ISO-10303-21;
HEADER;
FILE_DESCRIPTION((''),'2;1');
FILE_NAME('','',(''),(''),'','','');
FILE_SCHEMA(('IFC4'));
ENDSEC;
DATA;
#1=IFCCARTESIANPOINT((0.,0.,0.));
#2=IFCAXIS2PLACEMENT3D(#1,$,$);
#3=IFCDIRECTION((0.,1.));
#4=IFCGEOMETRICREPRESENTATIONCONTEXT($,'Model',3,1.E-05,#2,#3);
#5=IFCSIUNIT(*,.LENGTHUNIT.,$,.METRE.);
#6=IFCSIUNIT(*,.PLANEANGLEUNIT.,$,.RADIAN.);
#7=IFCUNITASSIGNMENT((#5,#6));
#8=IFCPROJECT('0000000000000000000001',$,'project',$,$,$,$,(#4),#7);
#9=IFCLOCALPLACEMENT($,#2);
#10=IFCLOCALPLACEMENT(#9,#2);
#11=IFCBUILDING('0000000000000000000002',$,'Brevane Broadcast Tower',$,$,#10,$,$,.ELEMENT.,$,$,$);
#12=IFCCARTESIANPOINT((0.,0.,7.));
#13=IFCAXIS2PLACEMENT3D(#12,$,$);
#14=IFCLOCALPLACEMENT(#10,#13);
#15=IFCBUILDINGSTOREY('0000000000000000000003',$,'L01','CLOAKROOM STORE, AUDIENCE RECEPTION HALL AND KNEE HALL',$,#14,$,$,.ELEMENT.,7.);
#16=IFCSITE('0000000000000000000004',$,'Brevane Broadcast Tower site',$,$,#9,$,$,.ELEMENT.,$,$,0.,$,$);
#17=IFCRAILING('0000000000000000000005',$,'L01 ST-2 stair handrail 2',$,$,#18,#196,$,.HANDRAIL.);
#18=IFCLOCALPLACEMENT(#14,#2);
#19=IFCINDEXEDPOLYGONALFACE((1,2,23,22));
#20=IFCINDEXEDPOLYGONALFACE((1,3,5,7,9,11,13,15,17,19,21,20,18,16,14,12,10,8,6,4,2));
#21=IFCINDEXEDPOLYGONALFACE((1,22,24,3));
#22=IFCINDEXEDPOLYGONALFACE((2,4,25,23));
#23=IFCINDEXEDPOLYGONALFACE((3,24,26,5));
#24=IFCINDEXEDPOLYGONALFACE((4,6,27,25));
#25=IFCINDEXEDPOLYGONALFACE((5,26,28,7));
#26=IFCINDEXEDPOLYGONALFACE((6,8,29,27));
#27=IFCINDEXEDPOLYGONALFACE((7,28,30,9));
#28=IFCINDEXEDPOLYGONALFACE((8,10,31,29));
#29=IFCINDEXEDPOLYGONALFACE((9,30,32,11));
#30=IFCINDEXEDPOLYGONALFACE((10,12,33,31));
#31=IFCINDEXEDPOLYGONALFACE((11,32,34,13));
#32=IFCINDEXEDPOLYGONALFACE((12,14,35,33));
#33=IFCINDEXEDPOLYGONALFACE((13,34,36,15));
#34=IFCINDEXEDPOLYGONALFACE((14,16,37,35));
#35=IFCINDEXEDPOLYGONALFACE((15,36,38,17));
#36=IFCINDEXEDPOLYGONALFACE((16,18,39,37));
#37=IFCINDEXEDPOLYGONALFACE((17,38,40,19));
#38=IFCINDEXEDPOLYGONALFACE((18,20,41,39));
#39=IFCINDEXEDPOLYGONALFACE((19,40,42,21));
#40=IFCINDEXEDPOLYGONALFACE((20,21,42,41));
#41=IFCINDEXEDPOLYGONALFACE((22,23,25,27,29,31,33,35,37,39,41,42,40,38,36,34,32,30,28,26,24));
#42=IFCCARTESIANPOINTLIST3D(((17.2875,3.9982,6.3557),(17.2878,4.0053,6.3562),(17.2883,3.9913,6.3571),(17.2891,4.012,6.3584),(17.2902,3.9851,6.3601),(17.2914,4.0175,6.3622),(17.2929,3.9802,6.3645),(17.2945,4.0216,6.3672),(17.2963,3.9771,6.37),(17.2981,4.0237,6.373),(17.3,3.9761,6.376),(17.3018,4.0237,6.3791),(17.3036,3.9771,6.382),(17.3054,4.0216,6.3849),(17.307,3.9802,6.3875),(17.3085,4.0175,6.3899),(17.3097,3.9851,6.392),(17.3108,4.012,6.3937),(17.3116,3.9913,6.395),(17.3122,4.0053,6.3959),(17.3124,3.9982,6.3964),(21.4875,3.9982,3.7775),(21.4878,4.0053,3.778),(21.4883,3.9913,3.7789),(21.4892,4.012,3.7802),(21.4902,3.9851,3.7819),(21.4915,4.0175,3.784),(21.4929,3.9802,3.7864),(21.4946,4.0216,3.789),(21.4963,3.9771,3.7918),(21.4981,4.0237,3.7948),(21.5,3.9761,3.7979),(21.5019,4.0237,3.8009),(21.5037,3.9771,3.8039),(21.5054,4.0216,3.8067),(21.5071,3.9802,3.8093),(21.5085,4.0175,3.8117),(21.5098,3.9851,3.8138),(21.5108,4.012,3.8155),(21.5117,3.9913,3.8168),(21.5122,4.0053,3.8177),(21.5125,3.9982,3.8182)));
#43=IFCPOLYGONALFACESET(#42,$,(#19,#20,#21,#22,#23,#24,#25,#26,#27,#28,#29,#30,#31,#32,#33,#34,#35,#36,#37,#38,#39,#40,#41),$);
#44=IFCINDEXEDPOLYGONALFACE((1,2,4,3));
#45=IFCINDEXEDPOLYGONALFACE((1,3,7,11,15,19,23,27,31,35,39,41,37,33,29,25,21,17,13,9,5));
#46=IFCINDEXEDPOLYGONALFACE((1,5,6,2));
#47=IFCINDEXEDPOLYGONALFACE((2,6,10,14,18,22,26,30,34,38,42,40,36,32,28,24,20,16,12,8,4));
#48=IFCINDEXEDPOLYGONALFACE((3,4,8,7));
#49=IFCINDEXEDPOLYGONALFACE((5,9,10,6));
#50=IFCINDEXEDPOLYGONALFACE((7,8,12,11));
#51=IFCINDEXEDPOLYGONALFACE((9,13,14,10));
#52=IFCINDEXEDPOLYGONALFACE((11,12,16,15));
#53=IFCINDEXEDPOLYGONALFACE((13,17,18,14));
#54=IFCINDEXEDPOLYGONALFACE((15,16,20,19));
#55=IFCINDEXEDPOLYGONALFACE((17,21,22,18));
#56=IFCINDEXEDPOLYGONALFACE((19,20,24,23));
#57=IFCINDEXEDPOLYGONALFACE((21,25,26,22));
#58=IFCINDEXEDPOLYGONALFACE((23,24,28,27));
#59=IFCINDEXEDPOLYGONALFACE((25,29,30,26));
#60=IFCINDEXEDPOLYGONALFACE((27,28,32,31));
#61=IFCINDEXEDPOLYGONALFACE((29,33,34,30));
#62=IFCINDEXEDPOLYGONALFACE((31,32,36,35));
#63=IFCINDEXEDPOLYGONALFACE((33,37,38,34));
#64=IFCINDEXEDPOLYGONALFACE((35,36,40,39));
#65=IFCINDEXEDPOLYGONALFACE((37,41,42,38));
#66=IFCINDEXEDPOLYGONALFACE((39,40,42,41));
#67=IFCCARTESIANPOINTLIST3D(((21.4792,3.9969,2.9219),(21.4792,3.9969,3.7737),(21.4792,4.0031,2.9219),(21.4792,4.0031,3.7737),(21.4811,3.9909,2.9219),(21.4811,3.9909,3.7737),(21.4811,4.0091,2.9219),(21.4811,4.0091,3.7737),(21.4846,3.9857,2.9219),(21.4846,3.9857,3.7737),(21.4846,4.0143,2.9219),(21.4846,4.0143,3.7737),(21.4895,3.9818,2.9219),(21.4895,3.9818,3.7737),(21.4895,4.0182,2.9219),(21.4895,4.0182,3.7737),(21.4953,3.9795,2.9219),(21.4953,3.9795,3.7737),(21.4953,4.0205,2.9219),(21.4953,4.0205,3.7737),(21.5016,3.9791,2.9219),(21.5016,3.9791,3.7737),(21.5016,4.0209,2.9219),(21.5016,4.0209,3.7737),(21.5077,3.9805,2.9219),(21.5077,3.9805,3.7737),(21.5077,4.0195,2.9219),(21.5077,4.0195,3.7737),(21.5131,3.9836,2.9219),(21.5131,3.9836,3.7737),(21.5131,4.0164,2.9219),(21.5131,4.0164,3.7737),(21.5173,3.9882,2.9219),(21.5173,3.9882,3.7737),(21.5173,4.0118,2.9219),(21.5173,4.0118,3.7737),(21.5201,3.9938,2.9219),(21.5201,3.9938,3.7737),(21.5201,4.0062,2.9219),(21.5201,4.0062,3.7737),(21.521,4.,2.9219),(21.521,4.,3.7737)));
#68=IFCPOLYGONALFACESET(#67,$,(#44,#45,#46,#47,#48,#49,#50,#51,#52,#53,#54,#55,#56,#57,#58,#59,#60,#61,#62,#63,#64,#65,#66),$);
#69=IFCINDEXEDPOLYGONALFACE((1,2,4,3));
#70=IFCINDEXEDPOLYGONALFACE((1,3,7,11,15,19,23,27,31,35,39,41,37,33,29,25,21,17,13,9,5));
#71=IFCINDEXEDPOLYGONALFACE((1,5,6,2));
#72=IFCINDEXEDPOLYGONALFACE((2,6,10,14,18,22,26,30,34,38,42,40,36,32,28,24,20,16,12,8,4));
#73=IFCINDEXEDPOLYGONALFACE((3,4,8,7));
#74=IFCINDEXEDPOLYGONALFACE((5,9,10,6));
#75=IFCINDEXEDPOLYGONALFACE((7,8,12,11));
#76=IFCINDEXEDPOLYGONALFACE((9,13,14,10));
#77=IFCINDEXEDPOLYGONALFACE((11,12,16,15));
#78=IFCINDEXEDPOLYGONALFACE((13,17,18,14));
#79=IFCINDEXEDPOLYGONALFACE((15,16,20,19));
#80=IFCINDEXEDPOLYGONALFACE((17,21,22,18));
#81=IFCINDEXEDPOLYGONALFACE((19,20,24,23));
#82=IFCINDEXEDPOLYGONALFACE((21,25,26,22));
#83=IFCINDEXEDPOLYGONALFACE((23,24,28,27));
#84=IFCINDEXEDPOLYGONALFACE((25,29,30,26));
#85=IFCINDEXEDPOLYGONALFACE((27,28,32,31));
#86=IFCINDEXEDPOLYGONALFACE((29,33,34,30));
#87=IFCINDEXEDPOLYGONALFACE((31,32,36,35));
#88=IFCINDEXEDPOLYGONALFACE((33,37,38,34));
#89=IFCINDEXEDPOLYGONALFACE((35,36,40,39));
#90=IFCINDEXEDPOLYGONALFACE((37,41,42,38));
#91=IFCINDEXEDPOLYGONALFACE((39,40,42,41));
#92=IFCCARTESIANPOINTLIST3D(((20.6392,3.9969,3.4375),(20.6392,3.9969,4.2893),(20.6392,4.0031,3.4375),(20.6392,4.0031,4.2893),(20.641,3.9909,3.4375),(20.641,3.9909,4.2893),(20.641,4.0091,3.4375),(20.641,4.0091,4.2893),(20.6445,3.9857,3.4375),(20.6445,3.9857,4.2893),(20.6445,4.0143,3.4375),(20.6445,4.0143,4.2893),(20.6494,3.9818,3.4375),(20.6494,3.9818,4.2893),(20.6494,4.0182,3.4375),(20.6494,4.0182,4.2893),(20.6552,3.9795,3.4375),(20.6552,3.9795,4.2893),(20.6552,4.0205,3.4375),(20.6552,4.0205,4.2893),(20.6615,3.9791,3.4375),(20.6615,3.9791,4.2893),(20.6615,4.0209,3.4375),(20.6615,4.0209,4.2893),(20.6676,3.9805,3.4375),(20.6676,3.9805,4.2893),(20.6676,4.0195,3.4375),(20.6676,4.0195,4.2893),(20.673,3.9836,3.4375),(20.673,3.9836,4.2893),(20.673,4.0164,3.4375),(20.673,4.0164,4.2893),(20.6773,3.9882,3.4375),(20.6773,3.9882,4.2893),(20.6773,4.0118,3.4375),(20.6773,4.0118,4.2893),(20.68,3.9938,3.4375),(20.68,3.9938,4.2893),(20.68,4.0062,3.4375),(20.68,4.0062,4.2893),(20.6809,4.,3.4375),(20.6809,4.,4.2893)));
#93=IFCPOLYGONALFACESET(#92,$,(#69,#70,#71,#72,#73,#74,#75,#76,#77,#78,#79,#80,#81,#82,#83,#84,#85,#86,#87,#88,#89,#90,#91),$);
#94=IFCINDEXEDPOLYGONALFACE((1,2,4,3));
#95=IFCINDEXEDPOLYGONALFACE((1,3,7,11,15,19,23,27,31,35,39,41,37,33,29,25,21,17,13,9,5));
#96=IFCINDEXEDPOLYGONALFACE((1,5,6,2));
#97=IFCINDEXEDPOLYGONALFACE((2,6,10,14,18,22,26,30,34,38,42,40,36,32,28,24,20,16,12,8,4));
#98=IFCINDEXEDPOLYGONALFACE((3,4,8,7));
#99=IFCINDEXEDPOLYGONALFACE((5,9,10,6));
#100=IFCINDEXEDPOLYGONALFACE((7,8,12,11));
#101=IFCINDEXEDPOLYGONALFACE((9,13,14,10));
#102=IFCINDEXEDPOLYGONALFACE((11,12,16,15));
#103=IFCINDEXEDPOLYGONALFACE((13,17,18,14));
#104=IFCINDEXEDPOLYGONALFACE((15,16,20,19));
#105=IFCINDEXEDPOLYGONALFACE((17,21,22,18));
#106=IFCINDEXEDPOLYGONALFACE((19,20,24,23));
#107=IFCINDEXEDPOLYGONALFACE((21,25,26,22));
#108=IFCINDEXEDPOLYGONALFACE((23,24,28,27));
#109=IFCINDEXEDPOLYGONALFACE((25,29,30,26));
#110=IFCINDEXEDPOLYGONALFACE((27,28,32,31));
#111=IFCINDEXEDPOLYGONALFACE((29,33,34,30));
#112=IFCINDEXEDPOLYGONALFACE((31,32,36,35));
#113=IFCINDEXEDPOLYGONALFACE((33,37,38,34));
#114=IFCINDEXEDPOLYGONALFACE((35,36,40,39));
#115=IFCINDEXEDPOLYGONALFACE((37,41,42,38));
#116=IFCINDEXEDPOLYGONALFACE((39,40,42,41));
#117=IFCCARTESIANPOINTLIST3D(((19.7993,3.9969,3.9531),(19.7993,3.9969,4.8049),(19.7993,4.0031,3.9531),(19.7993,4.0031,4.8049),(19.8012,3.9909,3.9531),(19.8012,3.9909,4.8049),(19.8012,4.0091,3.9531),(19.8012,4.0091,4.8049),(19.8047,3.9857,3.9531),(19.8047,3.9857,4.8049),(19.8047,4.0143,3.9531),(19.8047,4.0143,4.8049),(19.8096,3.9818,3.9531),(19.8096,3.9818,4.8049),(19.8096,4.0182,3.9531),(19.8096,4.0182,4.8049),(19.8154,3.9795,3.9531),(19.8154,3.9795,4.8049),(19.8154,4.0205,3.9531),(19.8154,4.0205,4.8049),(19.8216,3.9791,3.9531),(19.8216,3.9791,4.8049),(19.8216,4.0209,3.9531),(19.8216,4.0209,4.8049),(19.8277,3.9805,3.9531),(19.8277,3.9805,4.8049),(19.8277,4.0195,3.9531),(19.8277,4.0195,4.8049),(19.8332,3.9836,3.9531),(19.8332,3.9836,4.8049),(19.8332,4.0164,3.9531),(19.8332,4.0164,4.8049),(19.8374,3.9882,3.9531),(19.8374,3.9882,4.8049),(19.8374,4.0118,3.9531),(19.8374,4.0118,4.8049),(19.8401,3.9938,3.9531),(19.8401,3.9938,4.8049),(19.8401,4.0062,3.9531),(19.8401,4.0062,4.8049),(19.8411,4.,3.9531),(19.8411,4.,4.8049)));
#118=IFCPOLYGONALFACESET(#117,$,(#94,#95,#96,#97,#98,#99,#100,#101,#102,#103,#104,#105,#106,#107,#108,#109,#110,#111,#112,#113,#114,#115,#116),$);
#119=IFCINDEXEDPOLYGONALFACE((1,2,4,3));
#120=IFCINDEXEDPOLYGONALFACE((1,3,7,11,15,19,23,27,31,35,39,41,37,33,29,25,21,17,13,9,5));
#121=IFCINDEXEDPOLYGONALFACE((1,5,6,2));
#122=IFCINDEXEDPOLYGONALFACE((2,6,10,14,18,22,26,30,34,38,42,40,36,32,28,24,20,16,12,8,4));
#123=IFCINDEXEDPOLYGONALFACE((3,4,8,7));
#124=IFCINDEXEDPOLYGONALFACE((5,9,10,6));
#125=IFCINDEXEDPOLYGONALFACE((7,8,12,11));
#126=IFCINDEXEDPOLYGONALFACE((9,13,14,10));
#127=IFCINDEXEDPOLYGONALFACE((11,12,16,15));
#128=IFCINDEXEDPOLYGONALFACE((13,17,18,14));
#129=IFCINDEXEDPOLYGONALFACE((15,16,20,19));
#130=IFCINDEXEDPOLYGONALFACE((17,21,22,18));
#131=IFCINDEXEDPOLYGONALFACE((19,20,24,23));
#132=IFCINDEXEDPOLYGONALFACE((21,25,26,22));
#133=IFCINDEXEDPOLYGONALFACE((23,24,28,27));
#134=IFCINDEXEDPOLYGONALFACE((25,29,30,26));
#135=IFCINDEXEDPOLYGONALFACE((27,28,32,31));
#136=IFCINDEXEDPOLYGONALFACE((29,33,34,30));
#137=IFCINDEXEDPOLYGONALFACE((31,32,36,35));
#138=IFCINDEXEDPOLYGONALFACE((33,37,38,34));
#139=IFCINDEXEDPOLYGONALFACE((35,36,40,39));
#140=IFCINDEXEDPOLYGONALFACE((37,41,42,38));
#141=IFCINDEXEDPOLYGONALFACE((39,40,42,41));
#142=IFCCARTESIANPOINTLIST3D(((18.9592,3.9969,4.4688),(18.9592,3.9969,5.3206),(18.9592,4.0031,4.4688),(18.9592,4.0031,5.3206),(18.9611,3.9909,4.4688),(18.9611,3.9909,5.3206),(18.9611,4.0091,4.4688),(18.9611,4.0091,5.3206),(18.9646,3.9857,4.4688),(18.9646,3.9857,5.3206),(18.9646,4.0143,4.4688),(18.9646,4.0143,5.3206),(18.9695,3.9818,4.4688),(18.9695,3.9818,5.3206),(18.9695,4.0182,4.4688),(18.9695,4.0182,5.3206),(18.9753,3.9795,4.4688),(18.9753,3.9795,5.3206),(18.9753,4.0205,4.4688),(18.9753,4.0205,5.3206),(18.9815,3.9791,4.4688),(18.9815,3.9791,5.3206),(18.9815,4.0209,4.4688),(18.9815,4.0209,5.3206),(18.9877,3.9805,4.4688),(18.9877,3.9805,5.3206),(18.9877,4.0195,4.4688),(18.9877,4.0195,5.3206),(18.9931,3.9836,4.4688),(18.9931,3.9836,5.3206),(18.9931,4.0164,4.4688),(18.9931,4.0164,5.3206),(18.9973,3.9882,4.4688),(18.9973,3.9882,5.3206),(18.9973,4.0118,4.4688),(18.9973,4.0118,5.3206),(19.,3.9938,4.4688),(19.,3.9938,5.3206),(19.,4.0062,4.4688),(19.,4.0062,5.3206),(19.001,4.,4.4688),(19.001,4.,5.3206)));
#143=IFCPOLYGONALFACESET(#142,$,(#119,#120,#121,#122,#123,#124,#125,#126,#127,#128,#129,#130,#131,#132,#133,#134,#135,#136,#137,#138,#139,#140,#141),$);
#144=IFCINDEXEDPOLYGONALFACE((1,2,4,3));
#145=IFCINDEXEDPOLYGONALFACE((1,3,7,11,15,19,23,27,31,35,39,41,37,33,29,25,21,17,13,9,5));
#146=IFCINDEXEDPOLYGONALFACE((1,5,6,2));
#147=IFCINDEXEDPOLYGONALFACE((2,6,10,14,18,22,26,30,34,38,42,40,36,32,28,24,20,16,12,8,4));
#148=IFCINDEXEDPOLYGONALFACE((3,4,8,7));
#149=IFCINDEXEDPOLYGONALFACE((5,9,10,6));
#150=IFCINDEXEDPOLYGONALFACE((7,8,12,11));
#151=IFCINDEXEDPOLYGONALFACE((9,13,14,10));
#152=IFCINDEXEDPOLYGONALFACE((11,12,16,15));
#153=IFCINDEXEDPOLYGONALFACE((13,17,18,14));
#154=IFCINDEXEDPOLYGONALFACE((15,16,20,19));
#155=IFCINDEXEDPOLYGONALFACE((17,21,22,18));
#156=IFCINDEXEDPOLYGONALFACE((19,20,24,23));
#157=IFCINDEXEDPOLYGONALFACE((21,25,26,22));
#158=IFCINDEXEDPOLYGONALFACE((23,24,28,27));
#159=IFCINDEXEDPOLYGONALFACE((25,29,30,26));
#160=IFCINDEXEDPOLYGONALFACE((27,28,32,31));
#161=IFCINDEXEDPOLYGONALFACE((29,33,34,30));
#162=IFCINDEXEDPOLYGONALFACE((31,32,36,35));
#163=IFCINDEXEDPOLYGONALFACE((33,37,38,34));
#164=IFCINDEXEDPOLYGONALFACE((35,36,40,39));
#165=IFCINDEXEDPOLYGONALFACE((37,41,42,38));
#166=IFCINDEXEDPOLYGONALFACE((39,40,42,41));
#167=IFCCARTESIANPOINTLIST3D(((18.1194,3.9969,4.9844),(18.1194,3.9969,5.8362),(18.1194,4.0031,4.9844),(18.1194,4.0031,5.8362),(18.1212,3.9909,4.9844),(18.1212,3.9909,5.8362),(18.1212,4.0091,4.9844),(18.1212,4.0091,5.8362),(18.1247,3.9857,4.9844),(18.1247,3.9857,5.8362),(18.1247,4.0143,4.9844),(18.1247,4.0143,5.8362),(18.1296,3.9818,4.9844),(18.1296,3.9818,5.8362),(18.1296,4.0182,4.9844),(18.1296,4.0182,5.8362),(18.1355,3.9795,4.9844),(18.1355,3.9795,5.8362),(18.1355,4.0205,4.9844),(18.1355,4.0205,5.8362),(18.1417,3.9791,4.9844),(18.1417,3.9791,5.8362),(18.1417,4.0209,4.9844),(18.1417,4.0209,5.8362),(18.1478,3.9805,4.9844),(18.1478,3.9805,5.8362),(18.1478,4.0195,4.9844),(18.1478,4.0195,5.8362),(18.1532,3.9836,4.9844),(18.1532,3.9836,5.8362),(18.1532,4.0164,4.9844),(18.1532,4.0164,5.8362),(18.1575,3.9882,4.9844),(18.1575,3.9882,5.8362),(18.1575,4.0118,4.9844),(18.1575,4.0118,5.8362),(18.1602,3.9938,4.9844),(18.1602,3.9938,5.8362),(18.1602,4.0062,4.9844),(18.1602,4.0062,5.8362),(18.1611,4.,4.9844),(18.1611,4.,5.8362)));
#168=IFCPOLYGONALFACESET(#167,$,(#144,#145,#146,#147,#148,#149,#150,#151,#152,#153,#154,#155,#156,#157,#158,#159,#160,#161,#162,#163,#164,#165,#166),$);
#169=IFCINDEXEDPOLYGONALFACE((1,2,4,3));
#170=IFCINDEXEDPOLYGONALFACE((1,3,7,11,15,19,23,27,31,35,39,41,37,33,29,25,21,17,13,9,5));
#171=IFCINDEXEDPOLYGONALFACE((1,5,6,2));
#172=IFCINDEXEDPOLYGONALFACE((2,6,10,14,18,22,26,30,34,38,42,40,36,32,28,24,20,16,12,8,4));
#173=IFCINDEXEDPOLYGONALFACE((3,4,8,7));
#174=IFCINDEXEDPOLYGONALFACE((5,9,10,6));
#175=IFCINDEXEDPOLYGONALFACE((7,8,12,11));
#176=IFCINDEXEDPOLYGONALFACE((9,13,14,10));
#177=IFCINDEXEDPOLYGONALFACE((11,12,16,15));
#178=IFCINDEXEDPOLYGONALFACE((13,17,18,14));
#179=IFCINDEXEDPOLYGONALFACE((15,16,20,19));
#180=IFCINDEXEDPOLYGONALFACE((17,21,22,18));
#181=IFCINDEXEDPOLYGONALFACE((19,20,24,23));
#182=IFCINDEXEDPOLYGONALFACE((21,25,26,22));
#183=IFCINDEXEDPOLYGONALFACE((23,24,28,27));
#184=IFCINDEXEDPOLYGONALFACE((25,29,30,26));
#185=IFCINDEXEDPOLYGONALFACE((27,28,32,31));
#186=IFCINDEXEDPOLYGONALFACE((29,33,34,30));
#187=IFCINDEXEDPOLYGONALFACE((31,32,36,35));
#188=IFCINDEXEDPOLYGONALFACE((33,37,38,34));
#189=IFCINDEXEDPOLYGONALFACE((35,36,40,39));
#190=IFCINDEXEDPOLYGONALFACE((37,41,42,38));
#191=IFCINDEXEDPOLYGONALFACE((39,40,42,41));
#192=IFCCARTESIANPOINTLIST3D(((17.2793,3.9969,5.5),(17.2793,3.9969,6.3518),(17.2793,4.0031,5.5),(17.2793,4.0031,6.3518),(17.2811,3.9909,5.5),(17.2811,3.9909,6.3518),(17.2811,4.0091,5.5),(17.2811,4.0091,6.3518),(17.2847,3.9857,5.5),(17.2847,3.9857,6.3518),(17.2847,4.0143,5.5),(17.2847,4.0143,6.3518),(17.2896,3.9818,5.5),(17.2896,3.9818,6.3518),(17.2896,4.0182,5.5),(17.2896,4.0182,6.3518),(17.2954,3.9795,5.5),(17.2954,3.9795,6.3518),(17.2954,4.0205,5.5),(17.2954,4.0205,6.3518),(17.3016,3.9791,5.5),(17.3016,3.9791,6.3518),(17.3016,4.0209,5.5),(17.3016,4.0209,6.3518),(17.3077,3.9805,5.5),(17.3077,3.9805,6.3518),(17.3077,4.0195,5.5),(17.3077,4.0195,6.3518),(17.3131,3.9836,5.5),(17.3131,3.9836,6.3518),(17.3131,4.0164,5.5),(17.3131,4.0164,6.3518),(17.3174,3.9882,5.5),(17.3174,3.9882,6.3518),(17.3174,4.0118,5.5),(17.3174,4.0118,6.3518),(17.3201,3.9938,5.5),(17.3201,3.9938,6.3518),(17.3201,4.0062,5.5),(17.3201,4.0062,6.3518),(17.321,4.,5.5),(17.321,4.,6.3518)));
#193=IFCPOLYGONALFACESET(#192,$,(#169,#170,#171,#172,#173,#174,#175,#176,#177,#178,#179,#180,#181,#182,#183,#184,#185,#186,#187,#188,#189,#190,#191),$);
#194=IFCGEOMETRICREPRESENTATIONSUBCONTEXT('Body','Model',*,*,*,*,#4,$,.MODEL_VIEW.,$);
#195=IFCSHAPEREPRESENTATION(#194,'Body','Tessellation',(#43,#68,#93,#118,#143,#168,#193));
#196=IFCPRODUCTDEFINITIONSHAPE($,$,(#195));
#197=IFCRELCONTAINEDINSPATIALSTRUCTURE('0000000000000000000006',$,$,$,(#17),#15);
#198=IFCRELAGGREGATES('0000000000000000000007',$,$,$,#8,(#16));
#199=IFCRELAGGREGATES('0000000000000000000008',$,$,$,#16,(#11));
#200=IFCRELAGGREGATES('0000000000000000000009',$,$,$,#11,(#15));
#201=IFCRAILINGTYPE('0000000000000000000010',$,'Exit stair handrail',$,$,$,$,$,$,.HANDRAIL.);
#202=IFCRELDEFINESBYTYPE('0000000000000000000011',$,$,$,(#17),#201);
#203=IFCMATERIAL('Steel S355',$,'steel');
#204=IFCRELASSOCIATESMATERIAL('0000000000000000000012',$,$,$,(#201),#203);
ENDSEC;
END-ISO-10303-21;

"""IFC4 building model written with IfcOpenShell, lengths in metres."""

from ifc_helpers import new_model, si_unit, direction, frame, origin, origin_2d, place, context, subcontext, project, spatial, circle, extrude, material, type_object, element, save


model = new_model("IFC4")

# Units and contexts
model_context = context("Model", 3, precision=1e-05, world=origin(), true_north=direction((0.0, 1.0)))
body_context = subcontext(model_context, "Body", "Model", "MODEL_VIEW")
ifc_project = project(units=[si_unit("LENGTHUNIT", "METRE"), si_unit("PLANEANGLEUNIT", "RADIAN")], contexts=[model_context])

# Site, building, storey
site_placement = place(None, origin())
site = spatial("IfcSite", under=ifc_project, at=site_placement, Name="Brevane Broadcast Tower site", CompositionType="ELEMENT", RefElevation=0.0)
building_placement = place(site_placement, origin())
building = spatial("IfcBuilding", under=site, at=building_placement, Name="Brevane Broadcast Tower", CompositionType="ELEMENT")
storey_placement = place(building_placement, frame((0.0, 0.0, 7.0)))
storey = spatial("IfcBuildingStorey", under=building, at=storey_placement, Name="L01", Description="CLOAKROOM STORE, AUDIENCE RECEPTION HALL AND KNEE HALL", CompositionType="ELEMENT", Elevation=7.0)

# Railing
ifc_material_1 = material(Name="Steel S355", Category="steel")
railing_type_1 = type_object("IfcRailingType", Name="Exit stair handrail", PredefinedType="HANDRAIL", material=ifc_material_1)
railing_1_placement = place(storey_placement, frame((21.5, 4.0, 2.9219)))
element("IfcRailing", 1, at=railing_1_placement, inside=storey, type_object=railing_type_1, Name="L01 ST-2 stair handrail 2", PredefinedType="HANDRAIL", context=body_context, shape_type="SweptSolid", body=[
    extrude(circle(Radius=0.0239, at=origin_2d()), frame((0.0, 0.0, 0.876), z_axis=(-0.852243, 0.0, 0.523146), x_axis=(0.0, -1.0, 0.0)), (0.0, 0.0, 1.0), 4.9282),
    extrude(circle(Radius=0.021, at=origin_2d()), origin(), (0.0, 0.0, 1.0), 0.8518),
    extrude(circle(Radius=0.021, at=origin_2d()), frame((-0.8401, 0.0, 0.5156)), (0.0, 0.0, 1.0), 0.8518),
    extrude(circle(Radius=0.021, at=origin_2d()), frame((-1.6799, 0.0, 1.0312)), (0.0, 0.0, 1.0), 0.8518),
    extrude(circle(Radius=0.021, at=origin_2d()), frame((-2.52, 0.0, 1.5469)), (0.0, 0.0, 1.0), 0.8518),
    extrude(circle(Radius=0.021, at=origin_2d()), frame((-3.3599, 0.0, 2.0625)), (0.0, 0.0, 1.0), 0.8518),
    extrude(circle(Radius=0.021, at=origin_2d()), frame((-4.2, 0.0, 2.5781)), (0.0, 0.0, 1.0), 0.8518),
])

save(model, "model.ifc")
